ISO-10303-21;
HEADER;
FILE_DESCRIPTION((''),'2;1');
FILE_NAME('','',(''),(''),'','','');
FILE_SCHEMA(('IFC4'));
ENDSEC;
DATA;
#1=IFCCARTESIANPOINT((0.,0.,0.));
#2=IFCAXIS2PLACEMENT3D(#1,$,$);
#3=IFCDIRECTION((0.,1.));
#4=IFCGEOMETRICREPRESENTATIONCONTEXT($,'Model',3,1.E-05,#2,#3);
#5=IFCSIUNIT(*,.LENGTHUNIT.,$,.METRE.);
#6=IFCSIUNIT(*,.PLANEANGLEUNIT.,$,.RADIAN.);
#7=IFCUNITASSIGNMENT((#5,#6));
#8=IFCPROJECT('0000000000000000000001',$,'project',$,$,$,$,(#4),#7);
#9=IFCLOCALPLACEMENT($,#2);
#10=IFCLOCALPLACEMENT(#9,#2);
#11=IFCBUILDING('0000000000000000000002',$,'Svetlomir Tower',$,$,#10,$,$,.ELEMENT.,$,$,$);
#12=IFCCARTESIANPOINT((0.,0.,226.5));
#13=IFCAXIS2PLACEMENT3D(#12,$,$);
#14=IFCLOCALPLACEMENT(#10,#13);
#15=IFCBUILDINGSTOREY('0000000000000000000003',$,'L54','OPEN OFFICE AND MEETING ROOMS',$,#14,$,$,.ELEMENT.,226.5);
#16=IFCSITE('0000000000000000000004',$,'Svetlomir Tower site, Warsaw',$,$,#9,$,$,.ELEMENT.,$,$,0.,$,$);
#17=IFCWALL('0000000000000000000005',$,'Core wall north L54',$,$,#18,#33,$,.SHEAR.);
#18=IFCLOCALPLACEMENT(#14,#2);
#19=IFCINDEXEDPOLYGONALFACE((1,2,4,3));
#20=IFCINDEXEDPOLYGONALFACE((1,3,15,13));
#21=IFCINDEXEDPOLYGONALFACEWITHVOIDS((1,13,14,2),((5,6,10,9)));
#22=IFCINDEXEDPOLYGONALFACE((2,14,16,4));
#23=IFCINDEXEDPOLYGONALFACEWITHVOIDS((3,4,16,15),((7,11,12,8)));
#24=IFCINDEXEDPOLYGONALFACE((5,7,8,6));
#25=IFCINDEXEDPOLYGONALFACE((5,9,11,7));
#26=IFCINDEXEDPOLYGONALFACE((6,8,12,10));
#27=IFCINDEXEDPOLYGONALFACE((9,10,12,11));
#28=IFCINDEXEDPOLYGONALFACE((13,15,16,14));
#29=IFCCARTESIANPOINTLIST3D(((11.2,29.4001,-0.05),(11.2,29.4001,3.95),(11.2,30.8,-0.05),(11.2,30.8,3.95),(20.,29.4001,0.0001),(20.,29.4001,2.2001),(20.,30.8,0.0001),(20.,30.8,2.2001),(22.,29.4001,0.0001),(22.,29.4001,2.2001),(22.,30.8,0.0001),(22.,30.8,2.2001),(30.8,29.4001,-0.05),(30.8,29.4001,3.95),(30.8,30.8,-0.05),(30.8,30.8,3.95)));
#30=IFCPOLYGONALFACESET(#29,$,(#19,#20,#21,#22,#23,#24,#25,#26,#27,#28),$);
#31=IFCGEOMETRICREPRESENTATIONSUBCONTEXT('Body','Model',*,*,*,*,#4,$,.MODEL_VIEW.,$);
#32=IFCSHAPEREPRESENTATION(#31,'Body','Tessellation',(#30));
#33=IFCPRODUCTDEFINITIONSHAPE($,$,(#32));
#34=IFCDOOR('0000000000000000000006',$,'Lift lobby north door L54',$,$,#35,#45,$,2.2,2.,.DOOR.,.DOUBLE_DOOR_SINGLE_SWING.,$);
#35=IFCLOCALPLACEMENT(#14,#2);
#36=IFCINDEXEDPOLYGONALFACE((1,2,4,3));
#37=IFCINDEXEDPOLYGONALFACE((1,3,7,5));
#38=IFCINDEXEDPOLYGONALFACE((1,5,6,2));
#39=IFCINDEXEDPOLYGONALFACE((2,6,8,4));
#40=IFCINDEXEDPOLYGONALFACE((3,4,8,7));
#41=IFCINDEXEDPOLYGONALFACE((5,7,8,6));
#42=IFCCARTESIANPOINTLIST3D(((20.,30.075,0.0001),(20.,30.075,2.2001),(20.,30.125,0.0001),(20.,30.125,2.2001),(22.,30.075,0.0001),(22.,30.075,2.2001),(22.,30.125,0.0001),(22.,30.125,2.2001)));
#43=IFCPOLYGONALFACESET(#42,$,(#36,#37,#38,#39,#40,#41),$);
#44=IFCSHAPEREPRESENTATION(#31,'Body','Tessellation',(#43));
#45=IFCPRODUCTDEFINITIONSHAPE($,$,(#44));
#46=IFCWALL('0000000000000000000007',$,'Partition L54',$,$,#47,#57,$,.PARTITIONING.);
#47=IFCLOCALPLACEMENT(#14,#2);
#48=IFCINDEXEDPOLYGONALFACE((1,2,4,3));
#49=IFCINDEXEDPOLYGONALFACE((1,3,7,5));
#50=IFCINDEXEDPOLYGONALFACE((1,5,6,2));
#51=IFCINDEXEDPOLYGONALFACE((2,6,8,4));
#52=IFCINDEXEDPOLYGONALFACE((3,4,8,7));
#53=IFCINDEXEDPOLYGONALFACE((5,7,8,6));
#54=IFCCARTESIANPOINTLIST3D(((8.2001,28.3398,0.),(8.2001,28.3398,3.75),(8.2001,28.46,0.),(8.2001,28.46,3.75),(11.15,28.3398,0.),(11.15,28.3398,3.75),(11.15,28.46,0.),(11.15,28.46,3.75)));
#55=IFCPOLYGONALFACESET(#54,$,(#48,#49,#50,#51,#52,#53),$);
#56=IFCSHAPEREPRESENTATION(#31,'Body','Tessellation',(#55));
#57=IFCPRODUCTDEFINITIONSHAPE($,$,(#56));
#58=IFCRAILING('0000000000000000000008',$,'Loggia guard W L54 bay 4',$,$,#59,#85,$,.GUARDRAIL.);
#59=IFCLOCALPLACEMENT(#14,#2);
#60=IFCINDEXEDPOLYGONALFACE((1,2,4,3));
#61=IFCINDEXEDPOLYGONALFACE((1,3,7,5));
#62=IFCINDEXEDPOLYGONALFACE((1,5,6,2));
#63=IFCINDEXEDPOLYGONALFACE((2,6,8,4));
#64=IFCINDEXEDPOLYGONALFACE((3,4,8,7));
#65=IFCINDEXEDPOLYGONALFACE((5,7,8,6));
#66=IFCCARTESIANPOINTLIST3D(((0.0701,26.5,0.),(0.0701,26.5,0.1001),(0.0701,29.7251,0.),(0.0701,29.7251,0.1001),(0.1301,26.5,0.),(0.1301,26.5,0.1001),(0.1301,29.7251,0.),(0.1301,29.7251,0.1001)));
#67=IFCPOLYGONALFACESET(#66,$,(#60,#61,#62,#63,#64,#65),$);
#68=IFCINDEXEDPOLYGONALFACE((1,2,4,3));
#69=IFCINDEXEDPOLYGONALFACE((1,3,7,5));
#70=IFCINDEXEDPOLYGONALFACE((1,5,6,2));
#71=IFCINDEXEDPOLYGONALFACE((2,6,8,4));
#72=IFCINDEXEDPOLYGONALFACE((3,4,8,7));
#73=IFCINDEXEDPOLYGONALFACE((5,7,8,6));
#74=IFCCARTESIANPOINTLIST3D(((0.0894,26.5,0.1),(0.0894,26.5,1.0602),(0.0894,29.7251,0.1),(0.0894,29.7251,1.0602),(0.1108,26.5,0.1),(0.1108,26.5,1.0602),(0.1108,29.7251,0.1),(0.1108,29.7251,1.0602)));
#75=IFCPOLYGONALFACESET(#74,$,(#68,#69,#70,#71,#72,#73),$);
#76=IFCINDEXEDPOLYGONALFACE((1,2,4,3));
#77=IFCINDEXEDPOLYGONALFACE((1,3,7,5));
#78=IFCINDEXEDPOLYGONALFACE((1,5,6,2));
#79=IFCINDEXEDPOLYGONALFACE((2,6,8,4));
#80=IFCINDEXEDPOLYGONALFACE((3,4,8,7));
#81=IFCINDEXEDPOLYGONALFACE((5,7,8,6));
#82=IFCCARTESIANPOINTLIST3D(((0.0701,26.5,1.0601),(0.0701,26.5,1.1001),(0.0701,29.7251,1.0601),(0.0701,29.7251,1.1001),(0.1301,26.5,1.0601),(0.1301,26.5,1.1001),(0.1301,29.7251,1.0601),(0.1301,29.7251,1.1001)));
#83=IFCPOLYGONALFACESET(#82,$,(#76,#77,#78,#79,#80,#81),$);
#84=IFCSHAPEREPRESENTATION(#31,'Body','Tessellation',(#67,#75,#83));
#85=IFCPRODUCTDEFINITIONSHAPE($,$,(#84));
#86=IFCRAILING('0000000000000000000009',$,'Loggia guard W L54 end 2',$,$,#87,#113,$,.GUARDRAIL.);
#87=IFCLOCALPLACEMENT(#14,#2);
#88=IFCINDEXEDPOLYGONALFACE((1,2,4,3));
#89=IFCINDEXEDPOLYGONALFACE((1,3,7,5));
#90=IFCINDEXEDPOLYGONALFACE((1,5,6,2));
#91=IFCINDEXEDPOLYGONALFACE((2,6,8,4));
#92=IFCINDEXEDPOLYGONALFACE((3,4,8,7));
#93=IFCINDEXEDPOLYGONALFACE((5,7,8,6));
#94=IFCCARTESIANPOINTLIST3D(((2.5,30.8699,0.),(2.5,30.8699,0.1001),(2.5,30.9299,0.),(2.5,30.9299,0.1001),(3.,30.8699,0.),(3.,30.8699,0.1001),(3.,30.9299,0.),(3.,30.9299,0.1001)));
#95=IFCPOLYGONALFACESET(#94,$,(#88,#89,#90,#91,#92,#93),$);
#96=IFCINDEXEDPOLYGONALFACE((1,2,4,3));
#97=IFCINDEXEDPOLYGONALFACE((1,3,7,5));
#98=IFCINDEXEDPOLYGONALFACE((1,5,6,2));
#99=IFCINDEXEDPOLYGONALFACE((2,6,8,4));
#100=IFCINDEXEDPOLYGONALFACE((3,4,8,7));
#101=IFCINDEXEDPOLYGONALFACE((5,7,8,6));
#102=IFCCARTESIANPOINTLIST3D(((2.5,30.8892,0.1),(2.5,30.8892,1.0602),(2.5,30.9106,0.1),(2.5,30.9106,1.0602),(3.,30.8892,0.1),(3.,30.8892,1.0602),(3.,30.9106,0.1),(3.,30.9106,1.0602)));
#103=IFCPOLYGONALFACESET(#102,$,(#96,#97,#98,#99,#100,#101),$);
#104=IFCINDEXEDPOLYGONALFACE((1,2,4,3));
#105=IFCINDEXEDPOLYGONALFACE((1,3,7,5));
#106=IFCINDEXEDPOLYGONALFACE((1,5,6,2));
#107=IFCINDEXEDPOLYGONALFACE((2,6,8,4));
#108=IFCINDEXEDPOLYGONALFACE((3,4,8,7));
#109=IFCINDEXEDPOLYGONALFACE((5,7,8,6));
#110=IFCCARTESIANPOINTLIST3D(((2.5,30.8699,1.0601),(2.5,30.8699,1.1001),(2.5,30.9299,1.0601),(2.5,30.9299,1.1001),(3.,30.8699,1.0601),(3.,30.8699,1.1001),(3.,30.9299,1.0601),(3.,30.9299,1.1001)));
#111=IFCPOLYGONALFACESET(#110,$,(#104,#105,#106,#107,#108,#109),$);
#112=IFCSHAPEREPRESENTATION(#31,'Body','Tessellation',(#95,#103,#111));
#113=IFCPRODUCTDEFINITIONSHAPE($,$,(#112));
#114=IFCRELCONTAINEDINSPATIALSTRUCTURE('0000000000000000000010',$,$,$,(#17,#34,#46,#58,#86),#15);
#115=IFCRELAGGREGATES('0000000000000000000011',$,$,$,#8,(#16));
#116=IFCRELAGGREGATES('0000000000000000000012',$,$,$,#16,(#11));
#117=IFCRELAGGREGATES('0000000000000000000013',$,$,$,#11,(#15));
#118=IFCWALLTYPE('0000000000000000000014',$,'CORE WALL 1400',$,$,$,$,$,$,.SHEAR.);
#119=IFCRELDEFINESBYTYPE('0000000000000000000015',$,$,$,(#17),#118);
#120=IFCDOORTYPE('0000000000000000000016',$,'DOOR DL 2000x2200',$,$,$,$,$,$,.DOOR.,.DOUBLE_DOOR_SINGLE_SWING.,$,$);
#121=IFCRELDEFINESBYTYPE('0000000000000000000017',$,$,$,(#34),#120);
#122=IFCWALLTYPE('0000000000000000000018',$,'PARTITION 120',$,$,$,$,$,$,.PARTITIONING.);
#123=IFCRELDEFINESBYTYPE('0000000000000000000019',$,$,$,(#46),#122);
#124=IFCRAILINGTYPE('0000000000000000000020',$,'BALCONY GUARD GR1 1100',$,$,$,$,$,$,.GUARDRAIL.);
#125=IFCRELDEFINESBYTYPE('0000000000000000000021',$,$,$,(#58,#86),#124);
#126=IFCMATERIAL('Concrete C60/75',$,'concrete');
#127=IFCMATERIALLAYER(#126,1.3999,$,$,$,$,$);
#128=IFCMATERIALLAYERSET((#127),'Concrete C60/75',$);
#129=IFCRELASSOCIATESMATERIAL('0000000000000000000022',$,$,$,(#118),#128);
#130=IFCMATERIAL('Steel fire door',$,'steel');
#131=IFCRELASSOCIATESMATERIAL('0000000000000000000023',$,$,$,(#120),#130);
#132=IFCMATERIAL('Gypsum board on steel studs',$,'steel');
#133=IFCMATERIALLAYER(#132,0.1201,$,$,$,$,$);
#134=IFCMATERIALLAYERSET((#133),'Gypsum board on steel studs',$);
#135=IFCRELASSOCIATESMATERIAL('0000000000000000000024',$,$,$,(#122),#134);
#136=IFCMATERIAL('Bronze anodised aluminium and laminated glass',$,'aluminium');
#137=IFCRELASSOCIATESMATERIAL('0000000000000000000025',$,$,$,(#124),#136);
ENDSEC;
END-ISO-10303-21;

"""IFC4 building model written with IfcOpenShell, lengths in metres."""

from ifc_helpers import new_model, si_unit, direction, frame, frame_2d, origin, origin_2d, place, context, subcontext, project, spatial, rectangle, extrude, material, layer, layer_set, type_object, element, fill, save


model = new_model("IFC4")

# Units and contexts
model_context = context("Model", 3, precision=1e-05, world=origin(), true_north=direction((0.0, 1.0)))
body_context = subcontext(model_context, "Body", "Model", "MODEL_VIEW")
ifc_project = project(units=[si_unit("LENGTHUNIT", "METRE"), si_unit("PLANEANGLEUNIT", "RADIAN")], contexts=[model_context])

# Site, building, storey
site_placement = place(None, origin())
site = spatial("IfcSite", under=ifc_project, at=site_placement, Name="Svetlomir Tower site, Warsaw", CompositionType="ELEMENT", RefElevation=0.0)
building_placement = place(site_placement, origin())
building = spatial("IfcBuilding", under=site, at=building_placement, Name="Svetlomir Tower", CompositionType="ELEMENT")
storey_placement = place(building_placement, frame((0.0, 0.0, 226.5)))
storey = spatial("IfcBuildingStorey", under=building, at=storey_placement, Name="L54", Description="OPEN OFFICE AND MEETING ROOMS", CompositionType="ELEMENT", Elevation=226.5)

# Wall, opening, door
ifc_material_1 = material(Name="Concrete C60/75", Category="concrete")
ifc_layer_1 = layer(ifc_material_1, 1.3999)
ifc_layer_set_1 = layer_set([ifc_layer_1], Name="Concrete C60/75")
wall_type_1 = type_object("IfcWallType", Name="CORE WALL 1400", PredefinedType="SHEAR", material=ifc_layer_set_1)
wall_1_placement = place(storey_placement, frame((11.2, 30.1001, -0.05), z_axis=(0.0, 0.0, 1.0), x_axis=(1.0, 0.0, 0.0)))
wall_1 = element("IfcWall", 1, at=wall_1_placement, inside=storey, type_object=wall_type_1, Name="Core wall north L54", PredefinedType="SHEAR", context=body_context, shape_type="SweptSolid", body=[
    extrude(rectangle(XDim=19.6001, YDim=1.3999, at=frame_2d((9.8, 0.0))), origin(), (0.0, 0.0, 1.0), 4.0),
])
opening_placement = place(wall_1_placement, frame((8.8, 0.0, 0.05)))
opening = element("IfcOpeningElement", 2, at=opening_placement, cuts=wall_1, PredefinedType="OPENING", context=body_context, shape_type="SweptSolid", body=[
    extrude(rectangle(XDim=2.0, YDim=2.2, at=frame_2d((1.0, 1.1001))), frame((0.0, 0.71, 0.0), z_axis=(0.0, -1.0, 0.0), x_axis=(1.0, 0.0, 0.0)), (0.0, 0.0, 1.0), 1.4199),
])
ifc_material_2 = material(Name="Steel fire door", Category="steel")
door_type = type_object("IfcDoorType", Name="DOOR DL 2000x2200", OperationType="DOUBLE_DOOR_SINGLE_SWING", PredefinedType="DOOR", material=ifc_material_2)
door_placement = place(opening_placement, origin())
door = element("IfcDoor", 3, at=door_placement, inside=storey, type_object=door_type, Name="Lift lobby north door L54", OperationType="DOUBLE_DOOR_SINGLE_SWING", OverallHeight=2.2, OverallWidth=2.0, PredefinedType="DOOR", context=body_context, shape_type="SweptSolid", body=[
    extrude(rectangle(XDim=2.0, YDim=2.2, at=frame_2d((1.0, 1.1001))), frame((0.0, 0.0249, 0.0), z_axis=(0.0, -1.0, 0.0), x_axis=(1.0, 0.0, 0.0)), (0.0, 0.0, 1.0), 0.05),
])
fill(opening, door)

# Wall
ifc_material_3 = material(Name="Gypsum board on steel studs", Category="steel")
ifc_layer_2 = layer(ifc_material_3, 0.1201)
ifc_layer_set_2 = layer_set([ifc_layer_2], Name="Gypsum board on steel studs")
wall_type_2 = type_object("IfcWallType", Name="PARTITION 120", PredefinedType="PARTITIONING", material=ifc_layer_set_2)
wall_2_placement = place(storey_placement, frame((8.2, 28.3999, 0.0), z_axis=(0.0, 0.0, 1.0), x_axis=(1.0, 0.0, 0.0)))
element("IfcWall", 4, at=wall_2_placement, inside=storey, type_object=wall_type_2, Name="Partition L54", PredefinedType="PARTITIONING", context=body_context, shape_type="SweptSolid", body=[
    extrude(rectangle(XDim=2.95, YDim=0.1201, at=frame_2d((1.4751, 0.0))), origin(), (0.0, 0.0, 1.0), 3.75),
])

# Railings
ifc_material_4 = material(Name="Bronze anodised aluminium and laminated glass", Category="aluminium")
railing_type = type_object("IfcRailingType", Name="BALCONY GUARD GR1 1100", PredefinedType="GUARDRAIL", material=ifc_material_4)
railing_1_placement = place(storey_placement, frame((0.1001, 26.5, 0.0)))
element("IfcRailing", 5, at=railing_1_placement, inside=storey, type_object=railing_type, Name="Loggia guard W L54 bay 4", PredefinedType="GUARDRAIL", context=body_context, shape_type="SweptSolid", body=[
    extrude(rectangle(XDim=0.0601, YDim=0.1001, at=origin_2d()), frame((0.0, 0.0, 0.05), z_axis=(0.0, 1.0, 0.0), x_axis=(-1.0, 0.0, 0.0)), (0.0, 0.0, 1.0), 3.2251),
    extrude(rectangle(XDim=0.0215, YDim=0.9602, at=origin_2d()), frame((0.0, 0.0, 0.5801), z_axis=(0.0, 1.0, 0.0), x_axis=(-1.0, 0.0, 0.0)), (0.0, 0.0, 1.0), 3.2251),
    extrude(rectangle(XDim=0.0601, YDim=0.04, at=origin_2d()), frame((0.0, 0.0, 1.0801), z_axis=(0.0, 1.0, 0.0), x_axis=(-1.0, 0.0, 0.0)), (0.0, 0.0, 1.0), 3.2251),
])
railing_2_placement = place(storey_placement, frame((2.5, 30.8999, 0.0)))
element("IfcRailing", 6, at=railing_2_placement, inside=storey, type_object=railing_type, Name="Loggia guard W L54 end 2", PredefinedType="GUARDRAIL", context=body_context, shape_type="SweptSolid", body=[
    extrude(rectangle(XDim=0.0601, YDim=0.1001, at=origin_2d()), frame((0.0, 0.0, 0.05), z_axis=(1.0, 0.0, 0.0), x_axis=(0.0, 1.0, 0.0)), (0.0, 0.0, 1.0), 0.5),
    extrude(rectangle(XDim=0.0215, YDim=0.9602, at=origin_2d()), frame((0.0, 0.0, 0.5801), z_axis=(1.0, 0.0, 0.0), x_axis=(0.0, 1.0, 0.0)), (0.0, 0.0, 1.0), 0.5),
    extrude(rectangle(XDim=0.0601, YDim=0.04, at=origin_2d()), frame((0.0, 0.0, 1.0801), z_axis=(1.0, 0.0, 0.0), x_axis=(0.0, 1.0, 0.0)), (0.0, 0.0, 1.0), 0.5),
])

save(model, "model.ifc")
